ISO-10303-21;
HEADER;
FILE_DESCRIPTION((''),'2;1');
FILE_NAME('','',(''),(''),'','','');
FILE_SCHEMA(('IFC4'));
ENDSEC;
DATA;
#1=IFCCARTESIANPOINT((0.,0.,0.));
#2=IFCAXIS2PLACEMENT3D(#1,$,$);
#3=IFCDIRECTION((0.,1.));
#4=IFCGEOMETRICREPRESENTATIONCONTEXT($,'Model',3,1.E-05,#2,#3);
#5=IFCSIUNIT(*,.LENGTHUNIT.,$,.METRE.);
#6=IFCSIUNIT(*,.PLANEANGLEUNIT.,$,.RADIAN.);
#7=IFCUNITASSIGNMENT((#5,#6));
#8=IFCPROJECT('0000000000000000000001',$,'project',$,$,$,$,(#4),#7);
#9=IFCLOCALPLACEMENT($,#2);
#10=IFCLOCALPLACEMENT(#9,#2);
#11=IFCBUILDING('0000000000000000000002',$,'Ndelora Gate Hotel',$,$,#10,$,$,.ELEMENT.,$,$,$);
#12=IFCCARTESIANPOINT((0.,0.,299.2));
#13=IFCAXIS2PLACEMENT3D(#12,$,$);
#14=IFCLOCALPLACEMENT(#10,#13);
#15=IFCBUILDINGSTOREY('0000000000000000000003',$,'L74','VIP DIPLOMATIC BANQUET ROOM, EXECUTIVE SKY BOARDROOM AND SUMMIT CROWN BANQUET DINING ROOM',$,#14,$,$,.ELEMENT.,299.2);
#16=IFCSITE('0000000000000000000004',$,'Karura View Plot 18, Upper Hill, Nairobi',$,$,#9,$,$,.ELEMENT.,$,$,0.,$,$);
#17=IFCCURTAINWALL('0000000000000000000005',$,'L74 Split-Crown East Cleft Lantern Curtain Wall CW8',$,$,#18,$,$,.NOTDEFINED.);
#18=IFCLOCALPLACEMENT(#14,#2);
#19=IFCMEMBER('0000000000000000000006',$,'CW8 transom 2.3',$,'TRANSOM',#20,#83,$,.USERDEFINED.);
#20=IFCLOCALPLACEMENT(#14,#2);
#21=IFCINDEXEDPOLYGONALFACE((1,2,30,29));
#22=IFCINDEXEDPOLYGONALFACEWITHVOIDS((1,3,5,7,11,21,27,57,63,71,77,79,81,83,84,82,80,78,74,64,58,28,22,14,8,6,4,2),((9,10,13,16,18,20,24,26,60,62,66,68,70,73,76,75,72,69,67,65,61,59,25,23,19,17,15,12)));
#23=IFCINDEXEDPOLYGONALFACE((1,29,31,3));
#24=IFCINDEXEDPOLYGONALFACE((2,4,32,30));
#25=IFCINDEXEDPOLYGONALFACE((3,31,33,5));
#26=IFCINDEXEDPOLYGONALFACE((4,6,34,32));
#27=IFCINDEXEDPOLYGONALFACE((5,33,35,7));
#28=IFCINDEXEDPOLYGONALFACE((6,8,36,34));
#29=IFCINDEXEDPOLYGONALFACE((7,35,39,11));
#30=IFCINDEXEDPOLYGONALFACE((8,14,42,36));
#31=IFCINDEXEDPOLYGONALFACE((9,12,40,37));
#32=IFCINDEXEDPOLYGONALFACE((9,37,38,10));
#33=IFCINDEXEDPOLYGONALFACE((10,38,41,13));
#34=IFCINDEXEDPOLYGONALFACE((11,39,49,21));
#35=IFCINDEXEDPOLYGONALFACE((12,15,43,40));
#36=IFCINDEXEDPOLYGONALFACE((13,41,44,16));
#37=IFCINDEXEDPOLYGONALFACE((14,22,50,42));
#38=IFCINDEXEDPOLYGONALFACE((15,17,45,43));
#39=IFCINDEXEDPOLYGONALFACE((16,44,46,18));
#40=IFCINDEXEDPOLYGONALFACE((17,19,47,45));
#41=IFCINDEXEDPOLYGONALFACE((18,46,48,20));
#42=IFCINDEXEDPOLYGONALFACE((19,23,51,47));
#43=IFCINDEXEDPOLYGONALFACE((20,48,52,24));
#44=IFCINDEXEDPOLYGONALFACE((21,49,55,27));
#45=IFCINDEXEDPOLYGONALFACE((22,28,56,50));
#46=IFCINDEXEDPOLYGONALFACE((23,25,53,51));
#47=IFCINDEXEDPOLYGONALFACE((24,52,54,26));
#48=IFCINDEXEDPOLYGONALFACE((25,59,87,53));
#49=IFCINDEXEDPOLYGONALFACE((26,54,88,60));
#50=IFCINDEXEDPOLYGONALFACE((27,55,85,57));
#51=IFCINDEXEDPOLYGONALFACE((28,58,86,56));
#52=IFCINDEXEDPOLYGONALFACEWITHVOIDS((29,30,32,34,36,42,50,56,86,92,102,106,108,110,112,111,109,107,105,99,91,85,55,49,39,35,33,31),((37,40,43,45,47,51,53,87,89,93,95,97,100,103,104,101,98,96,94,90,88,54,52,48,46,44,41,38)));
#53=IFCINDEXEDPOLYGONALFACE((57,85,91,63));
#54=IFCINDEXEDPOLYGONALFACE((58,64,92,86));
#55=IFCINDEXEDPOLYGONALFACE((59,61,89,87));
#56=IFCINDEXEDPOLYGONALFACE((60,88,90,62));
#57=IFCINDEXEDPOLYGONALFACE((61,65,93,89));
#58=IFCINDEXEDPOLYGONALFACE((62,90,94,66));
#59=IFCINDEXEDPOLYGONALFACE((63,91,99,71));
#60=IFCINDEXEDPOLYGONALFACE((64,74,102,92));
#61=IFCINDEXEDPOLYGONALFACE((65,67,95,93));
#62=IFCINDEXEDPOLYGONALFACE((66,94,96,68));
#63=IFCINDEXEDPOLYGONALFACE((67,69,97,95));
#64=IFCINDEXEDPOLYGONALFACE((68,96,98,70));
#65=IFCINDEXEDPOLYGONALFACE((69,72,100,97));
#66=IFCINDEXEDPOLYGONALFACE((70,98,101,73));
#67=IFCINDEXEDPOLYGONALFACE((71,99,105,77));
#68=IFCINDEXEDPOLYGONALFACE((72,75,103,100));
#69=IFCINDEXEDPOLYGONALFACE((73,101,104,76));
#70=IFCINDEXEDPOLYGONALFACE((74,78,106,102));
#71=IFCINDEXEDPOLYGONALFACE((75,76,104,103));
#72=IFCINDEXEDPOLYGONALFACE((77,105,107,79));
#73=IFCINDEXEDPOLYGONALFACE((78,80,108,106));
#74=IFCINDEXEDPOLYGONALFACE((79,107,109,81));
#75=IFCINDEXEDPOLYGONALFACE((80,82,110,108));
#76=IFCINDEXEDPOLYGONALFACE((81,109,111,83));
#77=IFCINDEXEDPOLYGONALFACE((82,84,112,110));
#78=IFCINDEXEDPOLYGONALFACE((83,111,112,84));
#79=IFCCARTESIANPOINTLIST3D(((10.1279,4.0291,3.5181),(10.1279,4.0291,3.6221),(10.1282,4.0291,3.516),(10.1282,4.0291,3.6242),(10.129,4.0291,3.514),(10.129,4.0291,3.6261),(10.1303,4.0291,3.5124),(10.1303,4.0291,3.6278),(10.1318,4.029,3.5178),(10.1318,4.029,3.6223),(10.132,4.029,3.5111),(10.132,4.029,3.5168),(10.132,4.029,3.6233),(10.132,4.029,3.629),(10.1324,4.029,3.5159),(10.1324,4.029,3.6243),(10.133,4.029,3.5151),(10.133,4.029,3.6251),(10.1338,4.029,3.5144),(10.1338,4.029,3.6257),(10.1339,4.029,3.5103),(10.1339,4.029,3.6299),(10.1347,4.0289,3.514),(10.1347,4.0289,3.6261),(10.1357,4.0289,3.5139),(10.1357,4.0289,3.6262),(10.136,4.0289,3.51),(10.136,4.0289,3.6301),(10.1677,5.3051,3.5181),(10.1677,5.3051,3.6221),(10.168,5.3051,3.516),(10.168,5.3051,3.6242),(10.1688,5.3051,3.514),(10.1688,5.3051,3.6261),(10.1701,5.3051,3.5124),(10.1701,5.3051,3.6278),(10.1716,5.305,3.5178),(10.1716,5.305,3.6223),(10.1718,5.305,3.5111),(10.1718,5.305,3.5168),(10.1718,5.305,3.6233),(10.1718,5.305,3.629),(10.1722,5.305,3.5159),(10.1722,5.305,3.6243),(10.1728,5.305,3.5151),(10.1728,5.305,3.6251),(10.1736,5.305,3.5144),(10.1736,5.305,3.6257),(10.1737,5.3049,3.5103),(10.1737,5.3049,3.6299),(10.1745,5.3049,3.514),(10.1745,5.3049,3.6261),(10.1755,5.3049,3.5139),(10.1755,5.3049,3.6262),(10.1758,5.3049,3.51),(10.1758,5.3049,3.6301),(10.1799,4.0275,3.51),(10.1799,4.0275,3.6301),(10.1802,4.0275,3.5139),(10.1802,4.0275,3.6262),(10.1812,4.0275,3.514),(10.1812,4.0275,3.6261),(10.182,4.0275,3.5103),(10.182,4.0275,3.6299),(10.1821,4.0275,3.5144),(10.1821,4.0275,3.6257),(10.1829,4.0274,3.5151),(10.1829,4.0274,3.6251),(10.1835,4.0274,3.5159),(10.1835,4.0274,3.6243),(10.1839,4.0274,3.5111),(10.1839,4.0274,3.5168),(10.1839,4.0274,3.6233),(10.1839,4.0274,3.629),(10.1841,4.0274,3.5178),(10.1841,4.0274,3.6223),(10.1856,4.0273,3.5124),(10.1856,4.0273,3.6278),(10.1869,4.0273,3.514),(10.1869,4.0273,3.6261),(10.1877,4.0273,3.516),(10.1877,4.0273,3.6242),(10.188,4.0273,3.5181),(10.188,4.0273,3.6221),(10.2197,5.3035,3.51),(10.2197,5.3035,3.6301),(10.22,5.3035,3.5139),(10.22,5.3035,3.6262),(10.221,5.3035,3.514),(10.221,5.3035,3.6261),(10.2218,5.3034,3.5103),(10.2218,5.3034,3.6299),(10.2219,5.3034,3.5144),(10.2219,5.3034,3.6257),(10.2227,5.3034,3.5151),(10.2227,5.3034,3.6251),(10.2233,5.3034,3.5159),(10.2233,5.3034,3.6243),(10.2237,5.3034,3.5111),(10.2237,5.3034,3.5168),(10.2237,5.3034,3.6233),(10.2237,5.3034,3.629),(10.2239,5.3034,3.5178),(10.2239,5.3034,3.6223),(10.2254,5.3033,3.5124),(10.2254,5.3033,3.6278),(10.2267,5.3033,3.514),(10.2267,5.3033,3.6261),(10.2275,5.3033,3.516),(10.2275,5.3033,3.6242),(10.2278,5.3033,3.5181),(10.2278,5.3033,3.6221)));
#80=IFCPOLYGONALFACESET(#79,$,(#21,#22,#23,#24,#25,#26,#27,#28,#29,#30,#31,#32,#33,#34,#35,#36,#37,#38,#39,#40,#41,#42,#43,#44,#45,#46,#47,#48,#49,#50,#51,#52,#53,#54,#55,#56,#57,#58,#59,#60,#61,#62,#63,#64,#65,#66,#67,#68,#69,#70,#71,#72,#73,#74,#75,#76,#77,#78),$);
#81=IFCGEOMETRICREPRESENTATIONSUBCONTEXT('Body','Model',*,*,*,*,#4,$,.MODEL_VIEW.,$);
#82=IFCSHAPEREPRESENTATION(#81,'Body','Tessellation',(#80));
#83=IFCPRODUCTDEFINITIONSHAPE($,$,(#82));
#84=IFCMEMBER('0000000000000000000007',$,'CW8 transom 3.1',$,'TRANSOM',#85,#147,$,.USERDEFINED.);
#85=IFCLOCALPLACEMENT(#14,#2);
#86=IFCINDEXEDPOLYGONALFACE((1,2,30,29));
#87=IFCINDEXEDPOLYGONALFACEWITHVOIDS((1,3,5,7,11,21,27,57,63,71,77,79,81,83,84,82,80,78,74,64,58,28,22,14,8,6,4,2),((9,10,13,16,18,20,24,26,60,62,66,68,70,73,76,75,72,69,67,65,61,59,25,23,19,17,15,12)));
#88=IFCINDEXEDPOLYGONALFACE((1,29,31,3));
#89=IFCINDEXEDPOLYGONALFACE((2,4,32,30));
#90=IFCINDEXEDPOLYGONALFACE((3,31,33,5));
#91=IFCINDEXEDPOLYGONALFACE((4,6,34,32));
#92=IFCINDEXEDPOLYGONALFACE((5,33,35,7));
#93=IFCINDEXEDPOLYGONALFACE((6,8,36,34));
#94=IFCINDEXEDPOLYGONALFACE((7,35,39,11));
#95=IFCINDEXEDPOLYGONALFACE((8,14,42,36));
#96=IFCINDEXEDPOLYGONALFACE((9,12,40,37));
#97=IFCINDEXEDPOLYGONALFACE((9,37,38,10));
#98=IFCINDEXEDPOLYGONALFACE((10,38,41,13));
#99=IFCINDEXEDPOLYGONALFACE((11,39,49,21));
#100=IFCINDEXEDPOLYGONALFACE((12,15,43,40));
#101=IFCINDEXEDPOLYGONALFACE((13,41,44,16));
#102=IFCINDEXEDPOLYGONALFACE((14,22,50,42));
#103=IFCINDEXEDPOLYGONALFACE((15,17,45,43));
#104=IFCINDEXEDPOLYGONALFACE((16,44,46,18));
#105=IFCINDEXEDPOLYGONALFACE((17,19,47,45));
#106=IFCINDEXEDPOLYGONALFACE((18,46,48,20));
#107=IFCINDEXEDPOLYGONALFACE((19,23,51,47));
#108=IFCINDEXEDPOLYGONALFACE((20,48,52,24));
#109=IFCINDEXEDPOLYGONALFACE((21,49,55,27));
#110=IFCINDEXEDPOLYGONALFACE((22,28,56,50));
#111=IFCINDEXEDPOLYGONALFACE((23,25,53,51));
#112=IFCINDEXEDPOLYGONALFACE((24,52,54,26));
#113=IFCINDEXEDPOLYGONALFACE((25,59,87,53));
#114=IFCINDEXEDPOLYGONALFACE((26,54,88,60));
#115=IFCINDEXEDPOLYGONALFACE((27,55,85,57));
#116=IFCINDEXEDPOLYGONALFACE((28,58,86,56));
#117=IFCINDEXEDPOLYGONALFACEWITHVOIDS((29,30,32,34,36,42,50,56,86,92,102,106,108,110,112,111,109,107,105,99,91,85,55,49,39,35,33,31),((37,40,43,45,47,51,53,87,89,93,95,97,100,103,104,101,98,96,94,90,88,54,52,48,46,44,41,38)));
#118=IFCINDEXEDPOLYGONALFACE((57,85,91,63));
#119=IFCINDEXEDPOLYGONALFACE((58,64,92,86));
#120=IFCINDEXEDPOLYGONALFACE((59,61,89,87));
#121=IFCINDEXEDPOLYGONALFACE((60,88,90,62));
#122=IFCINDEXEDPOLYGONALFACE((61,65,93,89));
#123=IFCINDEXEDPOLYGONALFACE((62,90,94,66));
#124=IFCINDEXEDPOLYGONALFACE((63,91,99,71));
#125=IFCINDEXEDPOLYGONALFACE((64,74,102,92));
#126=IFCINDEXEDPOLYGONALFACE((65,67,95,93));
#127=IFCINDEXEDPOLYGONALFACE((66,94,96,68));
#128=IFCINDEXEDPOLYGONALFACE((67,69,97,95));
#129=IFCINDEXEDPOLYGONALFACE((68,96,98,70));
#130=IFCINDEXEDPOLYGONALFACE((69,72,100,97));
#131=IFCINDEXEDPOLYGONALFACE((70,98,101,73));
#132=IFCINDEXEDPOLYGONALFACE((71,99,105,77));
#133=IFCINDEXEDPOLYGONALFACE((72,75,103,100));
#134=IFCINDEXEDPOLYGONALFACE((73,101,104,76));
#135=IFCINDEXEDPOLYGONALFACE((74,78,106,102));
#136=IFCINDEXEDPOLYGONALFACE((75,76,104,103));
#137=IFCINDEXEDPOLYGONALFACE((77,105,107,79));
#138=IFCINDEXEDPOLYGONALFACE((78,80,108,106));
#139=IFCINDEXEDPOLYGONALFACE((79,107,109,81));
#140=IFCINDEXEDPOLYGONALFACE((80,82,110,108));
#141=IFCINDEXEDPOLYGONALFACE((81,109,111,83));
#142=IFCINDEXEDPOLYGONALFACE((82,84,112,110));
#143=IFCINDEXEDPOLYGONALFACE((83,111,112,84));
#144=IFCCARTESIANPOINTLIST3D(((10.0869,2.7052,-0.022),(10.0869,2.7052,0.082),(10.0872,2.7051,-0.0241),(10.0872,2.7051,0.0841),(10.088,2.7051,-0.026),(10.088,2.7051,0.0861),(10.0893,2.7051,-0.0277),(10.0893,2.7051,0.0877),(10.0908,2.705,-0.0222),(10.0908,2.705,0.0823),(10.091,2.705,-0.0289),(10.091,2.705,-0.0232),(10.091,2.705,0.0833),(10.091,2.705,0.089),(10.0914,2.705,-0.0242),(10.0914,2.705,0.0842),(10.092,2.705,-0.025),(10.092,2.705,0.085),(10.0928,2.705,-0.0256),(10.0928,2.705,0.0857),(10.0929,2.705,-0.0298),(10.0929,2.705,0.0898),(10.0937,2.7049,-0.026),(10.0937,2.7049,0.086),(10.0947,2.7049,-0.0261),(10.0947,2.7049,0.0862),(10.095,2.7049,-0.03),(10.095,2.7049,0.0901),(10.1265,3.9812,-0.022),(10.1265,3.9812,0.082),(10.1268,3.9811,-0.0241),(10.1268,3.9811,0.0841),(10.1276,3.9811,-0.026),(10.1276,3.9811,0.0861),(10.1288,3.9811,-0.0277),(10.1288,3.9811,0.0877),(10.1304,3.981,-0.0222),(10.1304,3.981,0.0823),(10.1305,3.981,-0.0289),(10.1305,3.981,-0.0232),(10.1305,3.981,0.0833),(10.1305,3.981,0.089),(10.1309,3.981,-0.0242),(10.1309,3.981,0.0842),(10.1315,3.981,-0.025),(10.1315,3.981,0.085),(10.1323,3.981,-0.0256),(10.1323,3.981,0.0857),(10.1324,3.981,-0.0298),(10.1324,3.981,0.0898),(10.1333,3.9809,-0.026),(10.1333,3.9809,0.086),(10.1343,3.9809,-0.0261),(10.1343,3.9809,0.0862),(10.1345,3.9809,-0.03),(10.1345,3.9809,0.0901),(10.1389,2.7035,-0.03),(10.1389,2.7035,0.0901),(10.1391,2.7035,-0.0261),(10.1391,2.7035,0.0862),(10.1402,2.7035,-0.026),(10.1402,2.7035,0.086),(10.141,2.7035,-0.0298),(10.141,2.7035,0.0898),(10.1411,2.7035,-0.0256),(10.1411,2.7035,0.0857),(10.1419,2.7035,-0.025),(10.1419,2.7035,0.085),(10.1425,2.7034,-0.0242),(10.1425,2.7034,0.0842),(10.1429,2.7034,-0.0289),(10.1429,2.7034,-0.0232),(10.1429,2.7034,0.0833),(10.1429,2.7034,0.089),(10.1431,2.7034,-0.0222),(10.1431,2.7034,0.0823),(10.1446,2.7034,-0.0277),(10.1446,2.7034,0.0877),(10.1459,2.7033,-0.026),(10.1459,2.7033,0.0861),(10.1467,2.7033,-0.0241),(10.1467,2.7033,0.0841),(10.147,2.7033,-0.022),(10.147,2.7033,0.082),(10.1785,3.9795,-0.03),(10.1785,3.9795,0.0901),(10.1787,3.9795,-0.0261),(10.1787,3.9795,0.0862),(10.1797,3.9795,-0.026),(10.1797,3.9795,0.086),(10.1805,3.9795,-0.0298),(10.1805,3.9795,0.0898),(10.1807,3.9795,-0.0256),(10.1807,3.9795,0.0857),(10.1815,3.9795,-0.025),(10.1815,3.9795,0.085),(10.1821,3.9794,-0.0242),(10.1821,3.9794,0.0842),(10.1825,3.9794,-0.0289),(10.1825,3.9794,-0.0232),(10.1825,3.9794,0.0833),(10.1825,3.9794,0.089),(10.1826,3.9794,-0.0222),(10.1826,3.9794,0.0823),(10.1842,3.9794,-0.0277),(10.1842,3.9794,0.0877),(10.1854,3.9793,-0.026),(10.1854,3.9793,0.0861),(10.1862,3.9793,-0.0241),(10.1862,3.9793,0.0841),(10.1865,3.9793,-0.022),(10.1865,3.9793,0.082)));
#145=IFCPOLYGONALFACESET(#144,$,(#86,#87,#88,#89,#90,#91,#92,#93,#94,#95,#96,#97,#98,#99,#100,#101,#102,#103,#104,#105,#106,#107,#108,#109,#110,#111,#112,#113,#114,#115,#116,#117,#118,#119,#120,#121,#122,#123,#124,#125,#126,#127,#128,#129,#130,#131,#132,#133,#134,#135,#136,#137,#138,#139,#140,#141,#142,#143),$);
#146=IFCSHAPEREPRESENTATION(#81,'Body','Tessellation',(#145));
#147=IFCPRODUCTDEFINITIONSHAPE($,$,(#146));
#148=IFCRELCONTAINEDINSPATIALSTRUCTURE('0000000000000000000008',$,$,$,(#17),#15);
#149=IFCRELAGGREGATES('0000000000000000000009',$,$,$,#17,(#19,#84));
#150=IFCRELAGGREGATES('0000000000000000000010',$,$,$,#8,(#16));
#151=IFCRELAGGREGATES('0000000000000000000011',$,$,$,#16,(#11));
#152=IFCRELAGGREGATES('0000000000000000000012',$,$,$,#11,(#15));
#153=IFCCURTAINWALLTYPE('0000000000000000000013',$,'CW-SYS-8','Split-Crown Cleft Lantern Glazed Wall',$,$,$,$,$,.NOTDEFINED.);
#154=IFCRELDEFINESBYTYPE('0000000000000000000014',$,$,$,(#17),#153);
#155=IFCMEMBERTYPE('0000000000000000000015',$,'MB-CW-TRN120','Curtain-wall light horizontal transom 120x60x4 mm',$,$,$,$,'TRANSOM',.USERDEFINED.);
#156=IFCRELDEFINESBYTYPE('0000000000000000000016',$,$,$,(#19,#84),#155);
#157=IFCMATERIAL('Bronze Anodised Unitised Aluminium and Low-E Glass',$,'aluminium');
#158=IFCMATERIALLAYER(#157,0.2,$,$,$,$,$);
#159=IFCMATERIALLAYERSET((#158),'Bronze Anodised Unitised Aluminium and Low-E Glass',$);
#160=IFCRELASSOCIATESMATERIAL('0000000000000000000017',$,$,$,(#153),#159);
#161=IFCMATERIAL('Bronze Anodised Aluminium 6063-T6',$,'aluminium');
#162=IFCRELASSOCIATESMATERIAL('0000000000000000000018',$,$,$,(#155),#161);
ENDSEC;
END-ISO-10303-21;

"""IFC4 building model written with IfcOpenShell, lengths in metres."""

from ifc_helpers import new_model, si_unit, direction, frame, origin, origin_2d, place, context, subcontext, project, spatial, hollow_rectangle, extrude, material, layer, layer_set, material_profile, profile_set, type_object, element, aggregate, save


model = new_model("IFC4")

# Units and contexts
model_context = context("Model", 3, precision=1e-05, world=origin(), true_north=direction((0.0, 1.0)))
body_context = subcontext(model_context, "Body", "Model", "MODEL_VIEW")
ifc_project = project(units=[si_unit("LENGTHUNIT", "METRE"), si_unit("PLANEANGLEUNIT", "RADIAN")], contexts=[model_context])

# Site, building, storey
site_placement = place(None, origin())
site = spatial("IfcSite", under=ifc_project, at=site_placement, Name="Karura View Plot 18, Upper Hill, Nairobi", CompositionType="ELEMENT", RefElevation=0.0)
building_placement = place(site_placement, origin())
building = spatial("IfcBuilding", under=site, at=building_placement, Name="Ndelora Gate Hotel", CompositionType="ELEMENT")
storey_placement = place(building_placement, frame((0.0, 0.0, 299.2)))
storey = spatial("IfcBuildingStorey", under=building, at=storey_placement, Name="L74", Description="VIP DIPLOMATIC BANQUET ROOM, EXECUTIVE SKY BOARDROOM AND SUMMIT CROWN BANQUET DINING ROOM", CompositionType="ELEMENT", Elevation=299.2)

# Curtain wall
ifc_material_1 = material(Name="Bronze Anodised Unitised Aluminium and Low-E Glass", Category="aluminium")
ifc_layer_1 = layer(ifc_material_1, 0.2)
ifc_layer_set_1 = layer_set([ifc_layer_1], Name="Bronze Anodised Unitised Aluminium and Low-E Glass")
curtain_wall_type = type_object("IfcCurtainWallType", Name="CW-SYS-8", Description="Split-Crown Cleft Lantern Glazed Wall", PredefinedType="NOTDEFINED", material=ifc_layer_set_1)
ifc_material_2 = material(Name="Bronze Anodised Aluminium 6063-T6", Category="aluminium")
curtain_wall_1_placement = place(storey_placement, origin())
curtain_wall_1 = element("IfcCurtainWall", 1, at=curtain_wall_1_placement, inside=storey, type_object=curtain_wall_type, Name="L74 Split-Crown East Cleft Lantern Curtain Wall CW8", PredefinedType="NOTDEFINED")

# Members
ifc_material_profile_1 = material_profile(ifc_material_2, hollow_rectangle(XDim=0.0601, YDim=0.1201, WallThickness=0.0039, InnerFilletRadius=0.0039, OuterFilletRadius=0.0081, at=origin_2d()), Name="ALU 120x60x4")
ifc_profile_set_1 = profile_set([ifc_material_profile_1], Name="Bronze Anodised Aluminium 6063-T6")
member_type_1 = type_object("IfcMemberType", Name="MB-CW-TRN120", Description="Curtain-wall light horizontal transom 120x60x4 mm", ElementType="TRANSOM", PredefinedType="USERDEFINED", material=ifc_profile_set_1)
member_1_placement = place(storey_placement, frame((10.1978, 5.3042, 3.5701), z_axis=(-0.031175, -0.999514, 0.0), x_axis=(0.999514, -0.031175, 0.0)))
member_1 = element("IfcMember", 2, at=member_1_placement, type_object=member_type_1, Name="CW8 transom 2.3", ObjectType="TRANSOM", PredefinedType="USERDEFINED", context=body_context, shape_type="SweptSolid", body=[
    extrude(hollow_rectangle(XDim=0.0601, YDim=0.1201, WallThickness=0.0039, InnerFilletRadius=0.0039, OuterFilletRadius=0.0081, at=origin_2d()), origin(), (0.0, 0.0, 1.0), 1.2766),
])
member_2_placement = place(storey_placement, frame((10.1565, 3.9802, 0.03), z_axis=(-0.030984, -0.99952, 0.0), x_axis=(0.99952, -0.030984, 0.0)))
member_2 = element("IfcMember", 3, at=member_2_placement, type_object=member_type_1, Name="CW8 transom 3.1", ObjectType="TRANSOM", PredefinedType="USERDEFINED", context=body_context, shape_type="SweptSolid", body=[
    extrude(hollow_rectangle(XDim=0.0601, YDim=0.1201, WallThickness=0.0039, InnerFilletRadius=0.0039, OuterFilletRadius=0.0081, at=origin_2d()), origin(), (0.0, 0.0, 1.0), 1.2766),
])

aggregate(curtain_wall_1, [member_1, member_2])

save(model, "model.ifc")
